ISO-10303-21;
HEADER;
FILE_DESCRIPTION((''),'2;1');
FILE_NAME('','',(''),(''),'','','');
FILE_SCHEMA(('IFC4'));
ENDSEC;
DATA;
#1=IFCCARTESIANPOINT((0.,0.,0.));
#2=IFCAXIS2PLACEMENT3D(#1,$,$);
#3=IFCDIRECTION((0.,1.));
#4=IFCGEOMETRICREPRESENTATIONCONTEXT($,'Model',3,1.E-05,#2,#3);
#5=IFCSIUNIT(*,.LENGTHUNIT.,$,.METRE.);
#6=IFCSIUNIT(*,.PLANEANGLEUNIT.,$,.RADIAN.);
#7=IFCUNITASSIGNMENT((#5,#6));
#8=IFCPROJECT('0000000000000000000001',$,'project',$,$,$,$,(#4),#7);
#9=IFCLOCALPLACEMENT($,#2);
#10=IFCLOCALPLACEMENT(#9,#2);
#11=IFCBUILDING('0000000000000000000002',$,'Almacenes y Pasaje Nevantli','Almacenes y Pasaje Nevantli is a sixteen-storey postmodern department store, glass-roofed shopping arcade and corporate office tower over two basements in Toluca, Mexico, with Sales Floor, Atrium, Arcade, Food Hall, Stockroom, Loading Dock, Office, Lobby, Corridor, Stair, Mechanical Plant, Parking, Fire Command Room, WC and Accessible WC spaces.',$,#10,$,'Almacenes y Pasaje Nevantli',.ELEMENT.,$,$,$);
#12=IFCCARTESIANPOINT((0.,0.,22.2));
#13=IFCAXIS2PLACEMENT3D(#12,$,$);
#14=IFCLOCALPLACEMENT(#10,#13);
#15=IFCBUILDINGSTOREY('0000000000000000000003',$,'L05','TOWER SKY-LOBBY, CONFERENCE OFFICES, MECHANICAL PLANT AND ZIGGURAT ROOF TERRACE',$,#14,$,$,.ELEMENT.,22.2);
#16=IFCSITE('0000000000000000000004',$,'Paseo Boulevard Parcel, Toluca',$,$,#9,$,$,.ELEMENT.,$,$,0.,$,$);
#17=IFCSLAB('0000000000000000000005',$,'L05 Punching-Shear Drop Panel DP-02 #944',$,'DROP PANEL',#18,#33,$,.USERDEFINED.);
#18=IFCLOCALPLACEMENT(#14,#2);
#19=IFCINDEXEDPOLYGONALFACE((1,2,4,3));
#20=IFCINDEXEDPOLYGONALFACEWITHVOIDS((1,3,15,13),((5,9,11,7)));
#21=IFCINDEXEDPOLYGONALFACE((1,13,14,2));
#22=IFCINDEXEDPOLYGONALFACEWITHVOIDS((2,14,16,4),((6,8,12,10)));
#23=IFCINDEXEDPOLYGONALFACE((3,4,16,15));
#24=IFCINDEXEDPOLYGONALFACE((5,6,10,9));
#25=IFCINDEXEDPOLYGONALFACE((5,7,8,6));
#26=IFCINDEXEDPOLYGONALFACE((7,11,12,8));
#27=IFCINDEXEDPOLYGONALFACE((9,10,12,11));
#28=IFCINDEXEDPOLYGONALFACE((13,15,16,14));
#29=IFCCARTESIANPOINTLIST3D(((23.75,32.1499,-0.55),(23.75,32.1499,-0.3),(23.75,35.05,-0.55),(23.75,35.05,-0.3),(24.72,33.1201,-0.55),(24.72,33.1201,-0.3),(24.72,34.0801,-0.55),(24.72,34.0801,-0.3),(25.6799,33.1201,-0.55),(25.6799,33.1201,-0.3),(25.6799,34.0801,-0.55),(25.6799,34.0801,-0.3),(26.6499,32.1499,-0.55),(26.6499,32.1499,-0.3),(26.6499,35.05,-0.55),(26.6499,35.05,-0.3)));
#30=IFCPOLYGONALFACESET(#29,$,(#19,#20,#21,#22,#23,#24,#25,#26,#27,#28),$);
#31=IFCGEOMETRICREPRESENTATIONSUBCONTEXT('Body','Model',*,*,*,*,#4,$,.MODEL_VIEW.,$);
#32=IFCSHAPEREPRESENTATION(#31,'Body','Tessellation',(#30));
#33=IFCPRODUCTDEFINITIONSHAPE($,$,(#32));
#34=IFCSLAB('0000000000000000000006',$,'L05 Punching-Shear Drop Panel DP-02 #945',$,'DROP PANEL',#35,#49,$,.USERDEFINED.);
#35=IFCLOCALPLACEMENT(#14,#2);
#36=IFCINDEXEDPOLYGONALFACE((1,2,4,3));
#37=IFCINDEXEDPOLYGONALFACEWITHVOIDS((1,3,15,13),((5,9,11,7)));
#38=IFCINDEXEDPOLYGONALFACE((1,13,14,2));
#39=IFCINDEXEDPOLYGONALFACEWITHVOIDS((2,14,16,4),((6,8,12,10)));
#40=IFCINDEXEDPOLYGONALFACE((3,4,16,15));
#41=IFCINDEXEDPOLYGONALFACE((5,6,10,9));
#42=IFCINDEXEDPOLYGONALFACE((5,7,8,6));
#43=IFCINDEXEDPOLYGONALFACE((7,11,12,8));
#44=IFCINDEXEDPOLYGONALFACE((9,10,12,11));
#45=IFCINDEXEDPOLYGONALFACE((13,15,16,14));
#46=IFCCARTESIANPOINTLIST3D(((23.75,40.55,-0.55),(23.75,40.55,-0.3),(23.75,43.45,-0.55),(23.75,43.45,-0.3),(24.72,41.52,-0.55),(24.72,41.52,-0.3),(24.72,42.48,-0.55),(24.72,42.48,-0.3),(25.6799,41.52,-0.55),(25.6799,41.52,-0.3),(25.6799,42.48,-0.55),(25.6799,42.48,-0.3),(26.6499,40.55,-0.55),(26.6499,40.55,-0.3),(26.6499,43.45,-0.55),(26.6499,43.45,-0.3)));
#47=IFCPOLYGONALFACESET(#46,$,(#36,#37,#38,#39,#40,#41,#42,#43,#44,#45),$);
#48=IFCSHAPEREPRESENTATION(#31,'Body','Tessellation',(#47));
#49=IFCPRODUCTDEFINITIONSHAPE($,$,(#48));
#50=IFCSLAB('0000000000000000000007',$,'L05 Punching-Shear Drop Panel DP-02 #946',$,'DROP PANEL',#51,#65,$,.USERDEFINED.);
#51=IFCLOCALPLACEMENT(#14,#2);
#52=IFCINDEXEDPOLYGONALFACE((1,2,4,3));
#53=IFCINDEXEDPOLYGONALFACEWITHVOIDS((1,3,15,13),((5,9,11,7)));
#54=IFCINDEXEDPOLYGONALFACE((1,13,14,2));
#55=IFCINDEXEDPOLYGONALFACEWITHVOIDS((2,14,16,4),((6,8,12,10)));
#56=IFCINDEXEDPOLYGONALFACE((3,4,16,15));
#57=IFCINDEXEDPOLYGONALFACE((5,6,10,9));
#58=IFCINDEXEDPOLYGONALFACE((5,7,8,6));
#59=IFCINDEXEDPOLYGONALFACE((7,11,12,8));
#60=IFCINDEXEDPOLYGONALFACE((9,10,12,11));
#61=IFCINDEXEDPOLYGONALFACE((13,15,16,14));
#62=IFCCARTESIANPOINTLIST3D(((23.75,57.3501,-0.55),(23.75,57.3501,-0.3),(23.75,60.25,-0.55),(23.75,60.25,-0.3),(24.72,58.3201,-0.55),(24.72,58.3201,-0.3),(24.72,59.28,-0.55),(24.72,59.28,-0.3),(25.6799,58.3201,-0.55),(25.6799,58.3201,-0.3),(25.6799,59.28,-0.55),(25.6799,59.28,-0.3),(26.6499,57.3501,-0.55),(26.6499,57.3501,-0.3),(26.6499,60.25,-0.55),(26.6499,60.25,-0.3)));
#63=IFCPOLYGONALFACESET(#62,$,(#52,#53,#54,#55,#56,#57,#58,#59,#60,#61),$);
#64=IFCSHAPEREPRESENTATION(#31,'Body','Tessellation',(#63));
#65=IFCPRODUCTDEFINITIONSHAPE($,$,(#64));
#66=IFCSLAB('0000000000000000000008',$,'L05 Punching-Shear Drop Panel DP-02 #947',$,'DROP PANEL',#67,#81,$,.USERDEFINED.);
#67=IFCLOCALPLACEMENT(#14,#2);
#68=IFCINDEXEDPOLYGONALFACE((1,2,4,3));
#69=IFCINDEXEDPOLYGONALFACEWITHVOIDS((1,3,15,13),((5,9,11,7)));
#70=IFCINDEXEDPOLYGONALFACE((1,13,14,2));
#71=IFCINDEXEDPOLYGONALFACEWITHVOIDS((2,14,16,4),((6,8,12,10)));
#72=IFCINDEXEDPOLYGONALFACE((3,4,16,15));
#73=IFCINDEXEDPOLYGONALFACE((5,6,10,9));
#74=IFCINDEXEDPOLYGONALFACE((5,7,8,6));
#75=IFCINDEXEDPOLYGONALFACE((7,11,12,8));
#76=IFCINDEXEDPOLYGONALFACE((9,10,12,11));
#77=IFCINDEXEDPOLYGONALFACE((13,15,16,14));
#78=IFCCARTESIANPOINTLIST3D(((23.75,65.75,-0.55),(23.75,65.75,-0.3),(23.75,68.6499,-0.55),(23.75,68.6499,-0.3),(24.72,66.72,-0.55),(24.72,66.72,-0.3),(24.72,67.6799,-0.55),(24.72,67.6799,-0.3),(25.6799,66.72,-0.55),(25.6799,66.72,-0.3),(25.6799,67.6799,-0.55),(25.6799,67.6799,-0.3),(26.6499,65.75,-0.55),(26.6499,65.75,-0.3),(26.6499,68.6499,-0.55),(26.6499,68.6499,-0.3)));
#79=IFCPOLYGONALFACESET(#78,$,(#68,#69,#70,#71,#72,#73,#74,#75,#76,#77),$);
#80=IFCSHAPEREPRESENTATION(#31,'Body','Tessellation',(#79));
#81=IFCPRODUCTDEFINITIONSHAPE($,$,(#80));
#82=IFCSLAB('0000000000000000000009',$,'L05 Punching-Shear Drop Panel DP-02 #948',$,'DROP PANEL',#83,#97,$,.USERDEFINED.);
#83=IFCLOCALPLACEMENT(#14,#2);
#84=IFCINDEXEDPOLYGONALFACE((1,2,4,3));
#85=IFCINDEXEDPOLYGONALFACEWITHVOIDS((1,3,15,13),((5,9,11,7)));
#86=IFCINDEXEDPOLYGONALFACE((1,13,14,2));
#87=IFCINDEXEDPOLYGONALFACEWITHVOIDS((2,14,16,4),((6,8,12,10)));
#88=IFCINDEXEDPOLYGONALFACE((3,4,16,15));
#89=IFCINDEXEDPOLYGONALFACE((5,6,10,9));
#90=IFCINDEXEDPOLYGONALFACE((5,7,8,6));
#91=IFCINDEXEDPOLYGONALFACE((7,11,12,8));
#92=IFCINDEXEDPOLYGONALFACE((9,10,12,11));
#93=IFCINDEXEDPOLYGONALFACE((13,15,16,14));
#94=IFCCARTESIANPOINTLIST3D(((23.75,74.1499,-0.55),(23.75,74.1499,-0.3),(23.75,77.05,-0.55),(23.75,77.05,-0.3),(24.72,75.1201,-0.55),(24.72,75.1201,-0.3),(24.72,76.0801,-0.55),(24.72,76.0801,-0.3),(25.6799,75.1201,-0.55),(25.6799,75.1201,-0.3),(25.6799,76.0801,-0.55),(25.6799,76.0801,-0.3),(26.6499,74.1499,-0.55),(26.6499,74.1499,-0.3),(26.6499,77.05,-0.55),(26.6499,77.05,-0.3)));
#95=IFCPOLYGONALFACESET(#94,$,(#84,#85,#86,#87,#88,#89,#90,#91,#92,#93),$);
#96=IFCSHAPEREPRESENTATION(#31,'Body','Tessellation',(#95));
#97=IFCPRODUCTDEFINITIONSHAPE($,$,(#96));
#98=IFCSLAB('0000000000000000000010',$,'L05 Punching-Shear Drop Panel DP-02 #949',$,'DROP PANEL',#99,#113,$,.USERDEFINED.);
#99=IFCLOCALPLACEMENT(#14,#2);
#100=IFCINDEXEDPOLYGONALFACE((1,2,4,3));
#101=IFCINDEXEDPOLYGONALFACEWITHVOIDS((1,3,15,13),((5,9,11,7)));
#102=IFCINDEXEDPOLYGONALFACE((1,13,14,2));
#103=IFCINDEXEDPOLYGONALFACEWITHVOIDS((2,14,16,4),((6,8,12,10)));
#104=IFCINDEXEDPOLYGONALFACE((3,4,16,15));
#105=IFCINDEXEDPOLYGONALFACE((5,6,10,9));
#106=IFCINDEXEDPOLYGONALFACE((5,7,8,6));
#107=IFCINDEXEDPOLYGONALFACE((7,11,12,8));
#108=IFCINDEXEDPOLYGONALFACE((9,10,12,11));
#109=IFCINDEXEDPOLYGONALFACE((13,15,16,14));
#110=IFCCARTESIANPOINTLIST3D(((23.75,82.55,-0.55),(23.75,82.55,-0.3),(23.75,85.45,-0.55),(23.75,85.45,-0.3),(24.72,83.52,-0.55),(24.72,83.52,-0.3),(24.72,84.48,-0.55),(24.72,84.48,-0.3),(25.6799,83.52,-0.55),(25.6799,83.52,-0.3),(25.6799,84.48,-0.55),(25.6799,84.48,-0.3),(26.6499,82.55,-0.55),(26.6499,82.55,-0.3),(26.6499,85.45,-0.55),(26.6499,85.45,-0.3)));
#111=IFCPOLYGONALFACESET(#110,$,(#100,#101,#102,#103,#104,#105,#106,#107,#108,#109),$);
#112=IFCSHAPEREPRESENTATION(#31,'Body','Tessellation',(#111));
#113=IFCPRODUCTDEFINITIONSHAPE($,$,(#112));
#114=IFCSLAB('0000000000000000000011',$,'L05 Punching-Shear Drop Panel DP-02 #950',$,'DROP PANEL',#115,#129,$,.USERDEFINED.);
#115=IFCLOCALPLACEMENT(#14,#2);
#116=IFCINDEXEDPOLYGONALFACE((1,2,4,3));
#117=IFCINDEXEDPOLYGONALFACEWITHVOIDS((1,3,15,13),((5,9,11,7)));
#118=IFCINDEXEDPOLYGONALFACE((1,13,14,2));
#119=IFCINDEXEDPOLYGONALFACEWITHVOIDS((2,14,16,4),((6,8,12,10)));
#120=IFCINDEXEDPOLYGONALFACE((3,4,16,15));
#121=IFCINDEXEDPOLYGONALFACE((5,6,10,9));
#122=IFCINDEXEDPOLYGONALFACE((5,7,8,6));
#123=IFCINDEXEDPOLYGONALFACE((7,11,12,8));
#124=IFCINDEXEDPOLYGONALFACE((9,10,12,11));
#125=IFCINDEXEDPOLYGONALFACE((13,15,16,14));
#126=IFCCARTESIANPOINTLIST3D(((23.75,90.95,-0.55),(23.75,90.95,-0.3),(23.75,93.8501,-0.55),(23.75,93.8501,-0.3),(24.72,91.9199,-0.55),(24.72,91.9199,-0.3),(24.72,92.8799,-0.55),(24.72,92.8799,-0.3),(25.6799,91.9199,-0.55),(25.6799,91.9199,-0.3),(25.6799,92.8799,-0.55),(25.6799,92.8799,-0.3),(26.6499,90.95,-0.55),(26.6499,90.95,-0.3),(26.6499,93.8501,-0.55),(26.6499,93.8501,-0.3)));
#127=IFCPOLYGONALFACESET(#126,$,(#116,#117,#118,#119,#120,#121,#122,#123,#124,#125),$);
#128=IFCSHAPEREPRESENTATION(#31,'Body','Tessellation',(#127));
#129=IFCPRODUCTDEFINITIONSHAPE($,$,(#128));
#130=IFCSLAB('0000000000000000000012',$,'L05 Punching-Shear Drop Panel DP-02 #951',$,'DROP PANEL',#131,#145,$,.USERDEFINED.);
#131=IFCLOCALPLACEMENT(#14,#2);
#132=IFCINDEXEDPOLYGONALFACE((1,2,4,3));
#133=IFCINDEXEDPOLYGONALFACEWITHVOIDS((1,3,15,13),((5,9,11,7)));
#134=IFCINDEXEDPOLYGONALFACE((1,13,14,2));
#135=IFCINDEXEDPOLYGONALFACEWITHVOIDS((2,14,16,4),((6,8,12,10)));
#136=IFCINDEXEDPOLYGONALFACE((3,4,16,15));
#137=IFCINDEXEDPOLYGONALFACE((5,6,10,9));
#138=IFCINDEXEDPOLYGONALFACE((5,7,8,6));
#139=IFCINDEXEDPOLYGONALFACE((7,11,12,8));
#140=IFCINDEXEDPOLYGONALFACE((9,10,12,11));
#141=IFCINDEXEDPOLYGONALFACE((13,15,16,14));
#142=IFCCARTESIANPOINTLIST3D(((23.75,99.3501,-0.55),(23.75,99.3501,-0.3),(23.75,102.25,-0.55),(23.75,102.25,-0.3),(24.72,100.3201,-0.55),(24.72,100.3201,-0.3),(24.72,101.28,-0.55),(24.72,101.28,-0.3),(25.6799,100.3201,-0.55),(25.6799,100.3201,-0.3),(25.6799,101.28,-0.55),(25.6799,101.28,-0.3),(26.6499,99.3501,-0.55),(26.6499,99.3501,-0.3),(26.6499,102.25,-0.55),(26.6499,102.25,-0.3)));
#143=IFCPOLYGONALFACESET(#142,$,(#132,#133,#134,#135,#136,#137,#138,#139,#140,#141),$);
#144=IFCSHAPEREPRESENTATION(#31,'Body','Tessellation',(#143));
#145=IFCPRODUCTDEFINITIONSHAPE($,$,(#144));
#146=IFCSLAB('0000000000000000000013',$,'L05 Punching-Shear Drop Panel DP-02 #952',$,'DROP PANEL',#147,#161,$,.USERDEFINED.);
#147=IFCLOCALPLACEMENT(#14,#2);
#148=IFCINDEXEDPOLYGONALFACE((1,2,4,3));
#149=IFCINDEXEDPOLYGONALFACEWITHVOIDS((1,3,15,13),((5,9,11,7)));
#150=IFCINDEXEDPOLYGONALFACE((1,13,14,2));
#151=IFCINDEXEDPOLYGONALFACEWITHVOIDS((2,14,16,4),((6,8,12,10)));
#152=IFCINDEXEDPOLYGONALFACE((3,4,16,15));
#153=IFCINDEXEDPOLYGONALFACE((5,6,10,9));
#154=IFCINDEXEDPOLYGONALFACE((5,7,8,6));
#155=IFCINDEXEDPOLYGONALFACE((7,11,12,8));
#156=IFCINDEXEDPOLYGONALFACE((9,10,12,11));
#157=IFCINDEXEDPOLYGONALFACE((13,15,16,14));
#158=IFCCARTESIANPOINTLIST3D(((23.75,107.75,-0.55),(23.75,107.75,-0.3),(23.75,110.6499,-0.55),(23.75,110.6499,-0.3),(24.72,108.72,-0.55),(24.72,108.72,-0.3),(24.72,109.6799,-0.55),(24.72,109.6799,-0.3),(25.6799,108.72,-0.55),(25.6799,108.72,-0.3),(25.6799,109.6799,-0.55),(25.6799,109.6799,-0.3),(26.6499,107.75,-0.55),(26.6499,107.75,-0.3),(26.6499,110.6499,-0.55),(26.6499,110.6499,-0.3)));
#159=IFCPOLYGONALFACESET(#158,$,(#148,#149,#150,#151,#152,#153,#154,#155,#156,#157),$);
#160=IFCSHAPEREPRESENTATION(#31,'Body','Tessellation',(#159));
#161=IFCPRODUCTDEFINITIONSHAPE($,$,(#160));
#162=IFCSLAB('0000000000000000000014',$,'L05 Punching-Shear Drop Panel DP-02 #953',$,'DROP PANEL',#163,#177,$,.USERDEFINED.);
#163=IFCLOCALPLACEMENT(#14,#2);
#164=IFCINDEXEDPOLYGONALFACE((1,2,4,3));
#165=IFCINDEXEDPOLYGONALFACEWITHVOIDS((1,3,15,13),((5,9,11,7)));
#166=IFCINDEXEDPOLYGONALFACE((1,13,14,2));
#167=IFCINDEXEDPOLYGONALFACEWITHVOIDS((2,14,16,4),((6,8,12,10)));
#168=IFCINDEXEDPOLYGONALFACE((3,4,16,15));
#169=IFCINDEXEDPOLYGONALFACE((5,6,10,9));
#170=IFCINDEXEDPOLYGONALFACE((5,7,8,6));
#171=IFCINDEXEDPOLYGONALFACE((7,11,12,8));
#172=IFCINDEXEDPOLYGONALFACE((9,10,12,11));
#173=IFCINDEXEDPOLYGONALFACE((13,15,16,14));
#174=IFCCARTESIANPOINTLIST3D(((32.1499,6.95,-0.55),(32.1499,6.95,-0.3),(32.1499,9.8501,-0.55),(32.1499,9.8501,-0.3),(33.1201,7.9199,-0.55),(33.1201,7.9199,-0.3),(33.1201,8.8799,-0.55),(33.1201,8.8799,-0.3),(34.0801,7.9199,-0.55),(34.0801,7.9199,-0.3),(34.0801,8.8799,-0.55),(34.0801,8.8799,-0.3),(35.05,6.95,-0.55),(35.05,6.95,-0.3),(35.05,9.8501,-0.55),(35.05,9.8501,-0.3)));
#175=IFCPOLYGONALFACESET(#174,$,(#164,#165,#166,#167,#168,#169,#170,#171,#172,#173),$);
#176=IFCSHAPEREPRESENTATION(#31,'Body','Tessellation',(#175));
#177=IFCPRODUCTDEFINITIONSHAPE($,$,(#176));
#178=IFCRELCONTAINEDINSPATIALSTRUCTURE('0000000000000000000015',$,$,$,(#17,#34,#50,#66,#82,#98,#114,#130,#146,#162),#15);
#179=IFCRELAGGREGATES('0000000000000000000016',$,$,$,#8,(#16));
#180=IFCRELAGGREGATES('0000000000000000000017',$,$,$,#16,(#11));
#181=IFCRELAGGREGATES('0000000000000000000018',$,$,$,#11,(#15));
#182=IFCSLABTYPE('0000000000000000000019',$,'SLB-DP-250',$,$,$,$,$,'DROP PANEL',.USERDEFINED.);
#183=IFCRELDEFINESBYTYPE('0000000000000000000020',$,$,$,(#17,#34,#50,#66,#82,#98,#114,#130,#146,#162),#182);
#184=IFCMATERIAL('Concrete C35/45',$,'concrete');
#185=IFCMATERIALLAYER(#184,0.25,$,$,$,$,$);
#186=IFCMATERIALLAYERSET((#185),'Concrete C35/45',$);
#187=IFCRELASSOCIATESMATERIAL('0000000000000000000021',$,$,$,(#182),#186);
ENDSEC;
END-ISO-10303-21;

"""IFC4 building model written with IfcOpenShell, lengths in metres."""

from ifc_helpers import new_model, si_unit, direction, frame, origin, place, context, subcontext, project, spatial, polyline, outline, extrude, material, layer, layer_set, type_object, element, save


model = new_model("IFC4")

# Units and contexts
model_context = context("Model", 3, precision=1e-05, world=origin(), true_north=direction((0.0, 1.0)))
body_context = subcontext(model_context, "Body", "Model", "MODEL_VIEW")
ifc_project = project(units=[si_unit("LENGTHUNIT", "METRE"), si_unit("PLANEANGLEUNIT", "RADIAN")], contexts=[model_context])

# Site, building, storey
site_placement = place(None, origin())
site = spatial("IfcSite", under=ifc_project, at=site_placement, Name="Paseo Boulevard Parcel, Toluca", CompositionType="ELEMENT", RefElevation=0.0)
building_placement = place(site_placement, origin())
building = spatial("IfcBuilding", under=site, at=building_placement, Name="Almacenes y Pasaje Nevantli", Description="Almacenes y Pasaje Nevantli is a sixteen-storey postmodern department store, glass-roofed shopping arcade and corporate office tower over two basements in Toluca, Mexico, with Sales Floor, Atrium, Arcade, Food Hall, Stockroom, Loading Dock, Office, Lobby, Corridor, Stair, Mechanical Plant, Parking, Fire Command Room, WC and Accessible WC spaces.", LongName="Almacenes y Pasaje Nevantli", CompositionType="ELEMENT")
storey_placement = place(building_placement, frame((0.0, 0.0, 22.2)))
storey = spatial("IfcBuildingStorey", under=building, at=storey_placement, Name="L05", Description="TOWER SKY-LOBBY, CONFERENCE OFFICES, MECHANICAL PLANT AND ZIGGURAT ROOF TERRACE", CompositionType="ELEMENT", Elevation=22.2)

# Slabs
ifc_material = material(Name="Concrete C35/45", Category="concrete")
ifc_layer = layer(ifc_material, 0.25)
ifc_layer_set = layer_set([ifc_layer], Name="Concrete C35/45")
slab_type = type_object("IfcSlabType", Name="SLB-DP-250", ElementType="DROP PANEL", PredefinedType="USERDEFINED", material=ifc_layer_set)
slab_1_placement = place(storey_placement, frame((0.0, 0.0, -0.55)))
element("IfcSlab", 1, at=slab_1_placement, inside=storey, type_object=slab_type, Name="L05 Punching-Shear Drop Panel DP-02 #944", ObjectType="DROP PANEL", PredefinedType="USERDEFINED", context=body_context, shape_type="SweptSolid", body=[
    extrude(outline(polyline([(23.75, 32.1499), (26.6499, 32.1499), (26.6499, 35.05), (23.75, 35.05), (23.75, 32.1499)]), holes=[polyline([(24.72, 33.1201), (25.6799, 33.1201), (25.6799, 34.0801), (24.72, 34.0801), (24.72, 33.1201)])]), origin(), (0.0, 0.0, 1.0), 0.25),
])
slab_2_placement = place(storey_placement, frame((0.0, 0.0, -0.55)))
element("IfcSlab", 2, at=slab_2_placement, inside=storey, type_object=slab_type, Name="L05 Punching-Shear Drop Panel DP-02 #945", ObjectType="DROP PANEL", PredefinedType="USERDEFINED", context=body_context, shape_type="SweptSolid", body=[
    extrude(outline(polyline([(23.75, 40.55), (26.6499, 40.55), (26.6499, 43.45), (23.75, 43.45), (23.75, 40.55)]), holes=[polyline([(24.72, 41.52), (25.6799, 41.52), (25.6799, 42.48), (24.72, 42.48), (24.72, 41.52)])]), origin(), (0.0, 0.0, 1.0), 0.25),
])
slab_3_placement = place(storey_placement, frame((0.0, 0.0, -0.55)))
element("IfcSlab", 3, at=slab_3_placement, inside=storey, type_object=slab_type, Name="L05 Punching-Shear Drop Panel DP-02 #946", ObjectType="DROP PANEL", PredefinedType="USERDEFINED", context=body_context, shape_type="SweptSolid", body=[
    extrude(outline(polyline([(23.75, 57.3501), (26.6499, 57.3501), (26.6499, 60.25), (23.75, 60.25), (23.75, 57.3501)]), holes=[polyline([(24.72, 58.3201), (25.6799, 58.3201), (25.6799, 59.28), (24.72, 59.28), (24.72, 58.3201)])]), origin(), (0.0, 0.0, 1.0), 0.25),
])
slab_4_placement = place(storey_placement, frame((0.0, 0.0, -0.55)))
element("IfcSlab", 4, at=slab_4_placement, inside=storey, type_object=slab_type, Name="L05 Punching-Shear Drop Panel DP-02 #947", ObjectType="DROP PANEL", PredefinedType="USERDEFINED", context=body_context, shape_type="SweptSolid", body=[
    extrude(outline(polyline([(23.75, 65.75), (26.6499, 65.75), (26.6499, 68.6499), (23.75, 68.6499), (23.75, 65.75)]), holes=[polyline([(24.72, 66.72), (25.6799, 66.72), (25.6799, 67.6799), (24.72, 67.6799), (24.72, 66.72)])]), origin(), (0.0, 0.0, 1.0), 0.25),
])
slab_5_placement = place(storey_placement, frame((0.0, 0.0, -0.55)))
element("IfcSlab", 5, at=slab_5_placement, inside=storey, type_object=slab_type, Name="L05 Punching-Shear Drop Panel DP-02 #948", ObjectType="DROP PANEL", PredefinedType="USERDEFINED", context=body_context, shape_type="SweptSolid", body=[
    extrude(outline(polyline([(23.75, 74.1499), (26.6499, 74.1499), (26.6499, 77.05), (23.75, 77.05), (23.75, 74.1499)]), holes=[polyline([(24.72, 75.1201), (25.6799, 75.1201), (25.6799, 76.0801), (24.72, 76.0801), (24.72, 75.1201)])]), origin(), (0.0, 0.0, 1.0), 0.25),
])
slab_6_placement = place(storey_placement, frame((0.0, 0.0, -0.55)))
element("IfcSlab", 6, at=slab_6_placement, inside=storey, type_object=slab_type, Name="L05 Punching-Shear Drop Panel DP-02 #949", ObjectType="DROP PANEL", PredefinedType="USERDEFINED", context=body_context, shape_type="SweptSolid", body=[
    extrude(outline(polyline([(23.75, 82.55), (26.6499, 82.55), (26.6499, 85.45), (23.75, 85.45), (23.75, 82.55)]), holes=[polyline([(24.72, 83.52), (25.6799, 83.52), (25.6799, 84.48), (24.72, 84.48), (24.72, 83.52)])]), origin(), (0.0, 0.0, 1.0), 0.25),
])
slab_7_placement = place(storey_placement, frame((0.0, 0.0, -0.55)))
element("IfcSlab", 7, at=slab_7_placement, inside=storey, type_object=slab_type, Name="L05 Punching-Shear Drop Panel DP-02 #950", ObjectType="DROP PANEL", PredefinedType="USERDEFINED", context=body_context, shape_type="SweptSolid", body=[
    extrude(outline(polyline([(23.75, 90.95), (26.6499, 90.95), (26.6499, 93.8501), (23.75, 93.8501), (23.75, 90.95)]), holes=[polyline([(24.72, 91.9199), (25.6799, 91.9199), (25.6799, 92.8799), (24.72, 92.8799), (24.72, 91.9199)])]), origin(), (0.0, 0.0, 1.0), 0.25),
])
slab_8_placement = place(storey_placement, frame((0.0, 0.0, -0.55)))
element("IfcSlab", 8, at=slab_8_placement, inside=storey, type_object=slab_type, Name="L05 Punching-Shear Drop Panel DP-02 #951", ObjectType="DROP PANEL", PredefinedType="USERDEFINED", context=body_context, shape_type="SweptSolid", body=[
    extrude(outline(polyline([(23.75, 99.3501), (26.6499, 99.3501), (26.6499, 102.25), (23.75, 102.25), (23.75, 99.3501)]), holes=[polyline([(24.72, 100.3201), (25.6799, 100.3201), (25.6799, 101.28), (24.72, 101.28), (24.72, 100.3201)])]), origin(), (0.0, 0.0, 1.0), 0.25),
])
slab_9_placement = place(storey_placement, frame((0.0, 0.0, -0.55)))
element("IfcSlab", 9, at=slab_9_placement, inside=storey, type_object=slab_type, Name="L05 Punching-Shear Drop Panel DP-02 #952", ObjectType="DROP PANEL", PredefinedType="USERDEFINED", context=body_context, shape_type="SweptSolid", body=[
    extrude(outline(polyline([(23.75, 107.75), (26.6499, 107.75), (26.6499, 110.6499), (23.75, 110.6499), (23.75, 107.75)]), holes=[polyline([(24.72, 108.72), (25.6799, 108.72), (25.6799, 109.6799), (24.72, 109.6799), (24.72, 108.72)])]), origin(), (0.0, 0.0, 1.0), 0.25),
])
slab_10_placement = place(storey_placement, frame((0.0, 0.0, -0.55)))
element("IfcSlab", 10, at=slab_10_placement, inside=storey, type_object=slab_type, Name="L05 Punching-Shear Drop Panel DP-02 #953", ObjectType="DROP PANEL", PredefinedType="USERDEFINED", context=body_context, shape_type="SweptSolid", body=[
    extrude(outline(polyline([(32.1499, 6.95), (35.05, 6.95), (35.05, 9.8501), (32.1499, 9.8501), (32.1499, 6.95)]), holes=[polyline([(33.1201, 7.9199), (34.0801, 7.9199), (34.0801, 8.8799), (33.1201, 8.8799), (33.1201, 7.9199)])]), origin(), (0.0, 0.0, 1.0), 0.25),
])

save(model, "model.ifc")
